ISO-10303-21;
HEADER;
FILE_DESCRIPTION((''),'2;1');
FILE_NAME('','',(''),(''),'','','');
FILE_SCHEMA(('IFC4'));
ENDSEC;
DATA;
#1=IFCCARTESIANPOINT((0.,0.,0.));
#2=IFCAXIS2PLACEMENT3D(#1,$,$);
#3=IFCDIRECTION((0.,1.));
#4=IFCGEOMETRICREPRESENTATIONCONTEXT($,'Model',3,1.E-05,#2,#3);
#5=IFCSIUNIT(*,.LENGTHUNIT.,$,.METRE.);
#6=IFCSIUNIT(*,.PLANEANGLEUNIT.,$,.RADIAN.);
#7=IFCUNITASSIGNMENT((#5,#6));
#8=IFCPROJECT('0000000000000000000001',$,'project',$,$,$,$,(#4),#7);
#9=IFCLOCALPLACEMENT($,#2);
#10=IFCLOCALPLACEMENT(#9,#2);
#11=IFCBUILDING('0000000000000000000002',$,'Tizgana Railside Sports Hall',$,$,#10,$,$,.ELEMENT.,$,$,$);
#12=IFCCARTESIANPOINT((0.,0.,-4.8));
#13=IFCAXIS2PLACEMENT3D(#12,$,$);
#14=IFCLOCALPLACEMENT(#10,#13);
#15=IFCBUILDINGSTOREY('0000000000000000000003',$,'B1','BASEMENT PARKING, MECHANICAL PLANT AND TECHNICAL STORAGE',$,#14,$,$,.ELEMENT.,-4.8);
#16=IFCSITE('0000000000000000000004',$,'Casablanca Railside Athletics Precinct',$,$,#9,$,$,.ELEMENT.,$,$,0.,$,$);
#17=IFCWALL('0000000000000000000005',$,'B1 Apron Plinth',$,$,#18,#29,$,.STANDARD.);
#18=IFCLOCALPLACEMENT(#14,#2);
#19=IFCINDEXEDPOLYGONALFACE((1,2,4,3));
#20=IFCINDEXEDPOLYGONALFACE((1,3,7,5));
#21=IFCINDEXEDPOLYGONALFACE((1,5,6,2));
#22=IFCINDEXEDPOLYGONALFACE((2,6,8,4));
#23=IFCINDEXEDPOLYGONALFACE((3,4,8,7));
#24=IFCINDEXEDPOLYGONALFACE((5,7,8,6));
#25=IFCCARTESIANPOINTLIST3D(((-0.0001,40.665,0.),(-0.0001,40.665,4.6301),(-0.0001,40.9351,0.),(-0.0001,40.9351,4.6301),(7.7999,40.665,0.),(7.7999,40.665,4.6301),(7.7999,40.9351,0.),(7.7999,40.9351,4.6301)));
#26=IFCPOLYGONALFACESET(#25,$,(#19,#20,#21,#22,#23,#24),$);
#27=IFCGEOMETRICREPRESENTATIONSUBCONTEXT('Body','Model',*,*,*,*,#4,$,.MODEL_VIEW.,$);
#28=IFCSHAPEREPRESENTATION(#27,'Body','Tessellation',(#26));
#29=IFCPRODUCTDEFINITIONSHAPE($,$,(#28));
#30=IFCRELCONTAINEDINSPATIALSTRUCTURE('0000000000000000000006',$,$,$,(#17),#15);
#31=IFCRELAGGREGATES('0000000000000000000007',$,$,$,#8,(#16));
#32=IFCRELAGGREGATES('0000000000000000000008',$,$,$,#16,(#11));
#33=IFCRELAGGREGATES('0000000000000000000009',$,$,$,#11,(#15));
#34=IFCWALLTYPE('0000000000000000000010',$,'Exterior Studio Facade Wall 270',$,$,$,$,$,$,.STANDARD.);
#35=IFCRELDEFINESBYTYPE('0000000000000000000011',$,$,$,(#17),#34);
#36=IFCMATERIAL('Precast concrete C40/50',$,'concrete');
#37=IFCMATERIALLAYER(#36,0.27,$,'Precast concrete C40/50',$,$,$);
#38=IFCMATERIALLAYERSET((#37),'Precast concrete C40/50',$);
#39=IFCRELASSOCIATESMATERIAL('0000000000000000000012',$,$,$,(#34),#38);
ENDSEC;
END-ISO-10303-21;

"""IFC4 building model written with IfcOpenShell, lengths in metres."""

from ifc_helpers import new_model, si_unit, direction, frame, frame_2d, origin, place, context, subcontext, project, spatial, rectangle, extrude, material, layer, layer_set, type_object, element, save


model = new_model("IFC4")

# Units and contexts
model_context = context("Model", 3, precision=1e-05, world=origin(), true_north=direction((0.0, 1.0)))
body_context = subcontext(model_context, "Body", "Model", "MODEL_VIEW")
ifc_project = project(units=[si_unit("LENGTHUNIT", "METRE"), si_unit("PLANEANGLEUNIT", "RADIAN")], contexts=[model_context])

# Site, building, storey
site_placement = place(None, origin())
site = spatial("IfcSite", under=ifc_project, at=site_placement, Name="Casablanca Railside Athletics Precinct", CompositionType="ELEMENT", RefElevation=0.0)
building_placement = place(site_placement, origin())
building = spatial("IfcBuilding", under=site, at=building_placement, Name="Tizgana Railside Sports Hall", CompositionType="ELEMENT")
storey_placement = place(building_placement, frame((0.0, 0.0, -4.8)))
storey = spatial("IfcBuildingStorey", under=building, at=storey_placement, Name="B1", Description="BASEMENT PARKING, MECHANICAL PLANT AND TECHNICAL STORAGE", CompositionType="ELEMENT", Elevation=-4.8)

# Wall
ifc_material_1 = material(Name="Precast concrete C40/50", Category="concrete")
ifc_layer_1 = layer(ifc_material_1, 0.27, Name="Precast concrete C40/50")
ifc_layer_set_1 = layer_set([ifc_layer_1], Name="Precast concrete C40/50")
wall_type = type_object("IfcWallType", Name="Exterior Studio Facade Wall 270", PredefinedType="STANDARD", material=ifc_layer_set_1)
wall_placement = place(storey_placement, frame((0.0, 40.8, 0.0), z_axis=(0.0, 0.0, 1.0), x_axis=(1.0, 0.0, 0.0)))
element("IfcWall", 1, at=wall_placement, inside=storey, type_object=wall_type, Name="B1 Apron Plinth", PredefinedType="STANDARD", context=body_context, shape_type="SweptSolid", body=[
    extrude(rectangle(XDim=7.8, YDim=0.27, at=frame_2d((3.8999, 0.0))), origin(), (0.0, 0.0, 1.0), 4.6301),
])

save(model, "model.ifc")
